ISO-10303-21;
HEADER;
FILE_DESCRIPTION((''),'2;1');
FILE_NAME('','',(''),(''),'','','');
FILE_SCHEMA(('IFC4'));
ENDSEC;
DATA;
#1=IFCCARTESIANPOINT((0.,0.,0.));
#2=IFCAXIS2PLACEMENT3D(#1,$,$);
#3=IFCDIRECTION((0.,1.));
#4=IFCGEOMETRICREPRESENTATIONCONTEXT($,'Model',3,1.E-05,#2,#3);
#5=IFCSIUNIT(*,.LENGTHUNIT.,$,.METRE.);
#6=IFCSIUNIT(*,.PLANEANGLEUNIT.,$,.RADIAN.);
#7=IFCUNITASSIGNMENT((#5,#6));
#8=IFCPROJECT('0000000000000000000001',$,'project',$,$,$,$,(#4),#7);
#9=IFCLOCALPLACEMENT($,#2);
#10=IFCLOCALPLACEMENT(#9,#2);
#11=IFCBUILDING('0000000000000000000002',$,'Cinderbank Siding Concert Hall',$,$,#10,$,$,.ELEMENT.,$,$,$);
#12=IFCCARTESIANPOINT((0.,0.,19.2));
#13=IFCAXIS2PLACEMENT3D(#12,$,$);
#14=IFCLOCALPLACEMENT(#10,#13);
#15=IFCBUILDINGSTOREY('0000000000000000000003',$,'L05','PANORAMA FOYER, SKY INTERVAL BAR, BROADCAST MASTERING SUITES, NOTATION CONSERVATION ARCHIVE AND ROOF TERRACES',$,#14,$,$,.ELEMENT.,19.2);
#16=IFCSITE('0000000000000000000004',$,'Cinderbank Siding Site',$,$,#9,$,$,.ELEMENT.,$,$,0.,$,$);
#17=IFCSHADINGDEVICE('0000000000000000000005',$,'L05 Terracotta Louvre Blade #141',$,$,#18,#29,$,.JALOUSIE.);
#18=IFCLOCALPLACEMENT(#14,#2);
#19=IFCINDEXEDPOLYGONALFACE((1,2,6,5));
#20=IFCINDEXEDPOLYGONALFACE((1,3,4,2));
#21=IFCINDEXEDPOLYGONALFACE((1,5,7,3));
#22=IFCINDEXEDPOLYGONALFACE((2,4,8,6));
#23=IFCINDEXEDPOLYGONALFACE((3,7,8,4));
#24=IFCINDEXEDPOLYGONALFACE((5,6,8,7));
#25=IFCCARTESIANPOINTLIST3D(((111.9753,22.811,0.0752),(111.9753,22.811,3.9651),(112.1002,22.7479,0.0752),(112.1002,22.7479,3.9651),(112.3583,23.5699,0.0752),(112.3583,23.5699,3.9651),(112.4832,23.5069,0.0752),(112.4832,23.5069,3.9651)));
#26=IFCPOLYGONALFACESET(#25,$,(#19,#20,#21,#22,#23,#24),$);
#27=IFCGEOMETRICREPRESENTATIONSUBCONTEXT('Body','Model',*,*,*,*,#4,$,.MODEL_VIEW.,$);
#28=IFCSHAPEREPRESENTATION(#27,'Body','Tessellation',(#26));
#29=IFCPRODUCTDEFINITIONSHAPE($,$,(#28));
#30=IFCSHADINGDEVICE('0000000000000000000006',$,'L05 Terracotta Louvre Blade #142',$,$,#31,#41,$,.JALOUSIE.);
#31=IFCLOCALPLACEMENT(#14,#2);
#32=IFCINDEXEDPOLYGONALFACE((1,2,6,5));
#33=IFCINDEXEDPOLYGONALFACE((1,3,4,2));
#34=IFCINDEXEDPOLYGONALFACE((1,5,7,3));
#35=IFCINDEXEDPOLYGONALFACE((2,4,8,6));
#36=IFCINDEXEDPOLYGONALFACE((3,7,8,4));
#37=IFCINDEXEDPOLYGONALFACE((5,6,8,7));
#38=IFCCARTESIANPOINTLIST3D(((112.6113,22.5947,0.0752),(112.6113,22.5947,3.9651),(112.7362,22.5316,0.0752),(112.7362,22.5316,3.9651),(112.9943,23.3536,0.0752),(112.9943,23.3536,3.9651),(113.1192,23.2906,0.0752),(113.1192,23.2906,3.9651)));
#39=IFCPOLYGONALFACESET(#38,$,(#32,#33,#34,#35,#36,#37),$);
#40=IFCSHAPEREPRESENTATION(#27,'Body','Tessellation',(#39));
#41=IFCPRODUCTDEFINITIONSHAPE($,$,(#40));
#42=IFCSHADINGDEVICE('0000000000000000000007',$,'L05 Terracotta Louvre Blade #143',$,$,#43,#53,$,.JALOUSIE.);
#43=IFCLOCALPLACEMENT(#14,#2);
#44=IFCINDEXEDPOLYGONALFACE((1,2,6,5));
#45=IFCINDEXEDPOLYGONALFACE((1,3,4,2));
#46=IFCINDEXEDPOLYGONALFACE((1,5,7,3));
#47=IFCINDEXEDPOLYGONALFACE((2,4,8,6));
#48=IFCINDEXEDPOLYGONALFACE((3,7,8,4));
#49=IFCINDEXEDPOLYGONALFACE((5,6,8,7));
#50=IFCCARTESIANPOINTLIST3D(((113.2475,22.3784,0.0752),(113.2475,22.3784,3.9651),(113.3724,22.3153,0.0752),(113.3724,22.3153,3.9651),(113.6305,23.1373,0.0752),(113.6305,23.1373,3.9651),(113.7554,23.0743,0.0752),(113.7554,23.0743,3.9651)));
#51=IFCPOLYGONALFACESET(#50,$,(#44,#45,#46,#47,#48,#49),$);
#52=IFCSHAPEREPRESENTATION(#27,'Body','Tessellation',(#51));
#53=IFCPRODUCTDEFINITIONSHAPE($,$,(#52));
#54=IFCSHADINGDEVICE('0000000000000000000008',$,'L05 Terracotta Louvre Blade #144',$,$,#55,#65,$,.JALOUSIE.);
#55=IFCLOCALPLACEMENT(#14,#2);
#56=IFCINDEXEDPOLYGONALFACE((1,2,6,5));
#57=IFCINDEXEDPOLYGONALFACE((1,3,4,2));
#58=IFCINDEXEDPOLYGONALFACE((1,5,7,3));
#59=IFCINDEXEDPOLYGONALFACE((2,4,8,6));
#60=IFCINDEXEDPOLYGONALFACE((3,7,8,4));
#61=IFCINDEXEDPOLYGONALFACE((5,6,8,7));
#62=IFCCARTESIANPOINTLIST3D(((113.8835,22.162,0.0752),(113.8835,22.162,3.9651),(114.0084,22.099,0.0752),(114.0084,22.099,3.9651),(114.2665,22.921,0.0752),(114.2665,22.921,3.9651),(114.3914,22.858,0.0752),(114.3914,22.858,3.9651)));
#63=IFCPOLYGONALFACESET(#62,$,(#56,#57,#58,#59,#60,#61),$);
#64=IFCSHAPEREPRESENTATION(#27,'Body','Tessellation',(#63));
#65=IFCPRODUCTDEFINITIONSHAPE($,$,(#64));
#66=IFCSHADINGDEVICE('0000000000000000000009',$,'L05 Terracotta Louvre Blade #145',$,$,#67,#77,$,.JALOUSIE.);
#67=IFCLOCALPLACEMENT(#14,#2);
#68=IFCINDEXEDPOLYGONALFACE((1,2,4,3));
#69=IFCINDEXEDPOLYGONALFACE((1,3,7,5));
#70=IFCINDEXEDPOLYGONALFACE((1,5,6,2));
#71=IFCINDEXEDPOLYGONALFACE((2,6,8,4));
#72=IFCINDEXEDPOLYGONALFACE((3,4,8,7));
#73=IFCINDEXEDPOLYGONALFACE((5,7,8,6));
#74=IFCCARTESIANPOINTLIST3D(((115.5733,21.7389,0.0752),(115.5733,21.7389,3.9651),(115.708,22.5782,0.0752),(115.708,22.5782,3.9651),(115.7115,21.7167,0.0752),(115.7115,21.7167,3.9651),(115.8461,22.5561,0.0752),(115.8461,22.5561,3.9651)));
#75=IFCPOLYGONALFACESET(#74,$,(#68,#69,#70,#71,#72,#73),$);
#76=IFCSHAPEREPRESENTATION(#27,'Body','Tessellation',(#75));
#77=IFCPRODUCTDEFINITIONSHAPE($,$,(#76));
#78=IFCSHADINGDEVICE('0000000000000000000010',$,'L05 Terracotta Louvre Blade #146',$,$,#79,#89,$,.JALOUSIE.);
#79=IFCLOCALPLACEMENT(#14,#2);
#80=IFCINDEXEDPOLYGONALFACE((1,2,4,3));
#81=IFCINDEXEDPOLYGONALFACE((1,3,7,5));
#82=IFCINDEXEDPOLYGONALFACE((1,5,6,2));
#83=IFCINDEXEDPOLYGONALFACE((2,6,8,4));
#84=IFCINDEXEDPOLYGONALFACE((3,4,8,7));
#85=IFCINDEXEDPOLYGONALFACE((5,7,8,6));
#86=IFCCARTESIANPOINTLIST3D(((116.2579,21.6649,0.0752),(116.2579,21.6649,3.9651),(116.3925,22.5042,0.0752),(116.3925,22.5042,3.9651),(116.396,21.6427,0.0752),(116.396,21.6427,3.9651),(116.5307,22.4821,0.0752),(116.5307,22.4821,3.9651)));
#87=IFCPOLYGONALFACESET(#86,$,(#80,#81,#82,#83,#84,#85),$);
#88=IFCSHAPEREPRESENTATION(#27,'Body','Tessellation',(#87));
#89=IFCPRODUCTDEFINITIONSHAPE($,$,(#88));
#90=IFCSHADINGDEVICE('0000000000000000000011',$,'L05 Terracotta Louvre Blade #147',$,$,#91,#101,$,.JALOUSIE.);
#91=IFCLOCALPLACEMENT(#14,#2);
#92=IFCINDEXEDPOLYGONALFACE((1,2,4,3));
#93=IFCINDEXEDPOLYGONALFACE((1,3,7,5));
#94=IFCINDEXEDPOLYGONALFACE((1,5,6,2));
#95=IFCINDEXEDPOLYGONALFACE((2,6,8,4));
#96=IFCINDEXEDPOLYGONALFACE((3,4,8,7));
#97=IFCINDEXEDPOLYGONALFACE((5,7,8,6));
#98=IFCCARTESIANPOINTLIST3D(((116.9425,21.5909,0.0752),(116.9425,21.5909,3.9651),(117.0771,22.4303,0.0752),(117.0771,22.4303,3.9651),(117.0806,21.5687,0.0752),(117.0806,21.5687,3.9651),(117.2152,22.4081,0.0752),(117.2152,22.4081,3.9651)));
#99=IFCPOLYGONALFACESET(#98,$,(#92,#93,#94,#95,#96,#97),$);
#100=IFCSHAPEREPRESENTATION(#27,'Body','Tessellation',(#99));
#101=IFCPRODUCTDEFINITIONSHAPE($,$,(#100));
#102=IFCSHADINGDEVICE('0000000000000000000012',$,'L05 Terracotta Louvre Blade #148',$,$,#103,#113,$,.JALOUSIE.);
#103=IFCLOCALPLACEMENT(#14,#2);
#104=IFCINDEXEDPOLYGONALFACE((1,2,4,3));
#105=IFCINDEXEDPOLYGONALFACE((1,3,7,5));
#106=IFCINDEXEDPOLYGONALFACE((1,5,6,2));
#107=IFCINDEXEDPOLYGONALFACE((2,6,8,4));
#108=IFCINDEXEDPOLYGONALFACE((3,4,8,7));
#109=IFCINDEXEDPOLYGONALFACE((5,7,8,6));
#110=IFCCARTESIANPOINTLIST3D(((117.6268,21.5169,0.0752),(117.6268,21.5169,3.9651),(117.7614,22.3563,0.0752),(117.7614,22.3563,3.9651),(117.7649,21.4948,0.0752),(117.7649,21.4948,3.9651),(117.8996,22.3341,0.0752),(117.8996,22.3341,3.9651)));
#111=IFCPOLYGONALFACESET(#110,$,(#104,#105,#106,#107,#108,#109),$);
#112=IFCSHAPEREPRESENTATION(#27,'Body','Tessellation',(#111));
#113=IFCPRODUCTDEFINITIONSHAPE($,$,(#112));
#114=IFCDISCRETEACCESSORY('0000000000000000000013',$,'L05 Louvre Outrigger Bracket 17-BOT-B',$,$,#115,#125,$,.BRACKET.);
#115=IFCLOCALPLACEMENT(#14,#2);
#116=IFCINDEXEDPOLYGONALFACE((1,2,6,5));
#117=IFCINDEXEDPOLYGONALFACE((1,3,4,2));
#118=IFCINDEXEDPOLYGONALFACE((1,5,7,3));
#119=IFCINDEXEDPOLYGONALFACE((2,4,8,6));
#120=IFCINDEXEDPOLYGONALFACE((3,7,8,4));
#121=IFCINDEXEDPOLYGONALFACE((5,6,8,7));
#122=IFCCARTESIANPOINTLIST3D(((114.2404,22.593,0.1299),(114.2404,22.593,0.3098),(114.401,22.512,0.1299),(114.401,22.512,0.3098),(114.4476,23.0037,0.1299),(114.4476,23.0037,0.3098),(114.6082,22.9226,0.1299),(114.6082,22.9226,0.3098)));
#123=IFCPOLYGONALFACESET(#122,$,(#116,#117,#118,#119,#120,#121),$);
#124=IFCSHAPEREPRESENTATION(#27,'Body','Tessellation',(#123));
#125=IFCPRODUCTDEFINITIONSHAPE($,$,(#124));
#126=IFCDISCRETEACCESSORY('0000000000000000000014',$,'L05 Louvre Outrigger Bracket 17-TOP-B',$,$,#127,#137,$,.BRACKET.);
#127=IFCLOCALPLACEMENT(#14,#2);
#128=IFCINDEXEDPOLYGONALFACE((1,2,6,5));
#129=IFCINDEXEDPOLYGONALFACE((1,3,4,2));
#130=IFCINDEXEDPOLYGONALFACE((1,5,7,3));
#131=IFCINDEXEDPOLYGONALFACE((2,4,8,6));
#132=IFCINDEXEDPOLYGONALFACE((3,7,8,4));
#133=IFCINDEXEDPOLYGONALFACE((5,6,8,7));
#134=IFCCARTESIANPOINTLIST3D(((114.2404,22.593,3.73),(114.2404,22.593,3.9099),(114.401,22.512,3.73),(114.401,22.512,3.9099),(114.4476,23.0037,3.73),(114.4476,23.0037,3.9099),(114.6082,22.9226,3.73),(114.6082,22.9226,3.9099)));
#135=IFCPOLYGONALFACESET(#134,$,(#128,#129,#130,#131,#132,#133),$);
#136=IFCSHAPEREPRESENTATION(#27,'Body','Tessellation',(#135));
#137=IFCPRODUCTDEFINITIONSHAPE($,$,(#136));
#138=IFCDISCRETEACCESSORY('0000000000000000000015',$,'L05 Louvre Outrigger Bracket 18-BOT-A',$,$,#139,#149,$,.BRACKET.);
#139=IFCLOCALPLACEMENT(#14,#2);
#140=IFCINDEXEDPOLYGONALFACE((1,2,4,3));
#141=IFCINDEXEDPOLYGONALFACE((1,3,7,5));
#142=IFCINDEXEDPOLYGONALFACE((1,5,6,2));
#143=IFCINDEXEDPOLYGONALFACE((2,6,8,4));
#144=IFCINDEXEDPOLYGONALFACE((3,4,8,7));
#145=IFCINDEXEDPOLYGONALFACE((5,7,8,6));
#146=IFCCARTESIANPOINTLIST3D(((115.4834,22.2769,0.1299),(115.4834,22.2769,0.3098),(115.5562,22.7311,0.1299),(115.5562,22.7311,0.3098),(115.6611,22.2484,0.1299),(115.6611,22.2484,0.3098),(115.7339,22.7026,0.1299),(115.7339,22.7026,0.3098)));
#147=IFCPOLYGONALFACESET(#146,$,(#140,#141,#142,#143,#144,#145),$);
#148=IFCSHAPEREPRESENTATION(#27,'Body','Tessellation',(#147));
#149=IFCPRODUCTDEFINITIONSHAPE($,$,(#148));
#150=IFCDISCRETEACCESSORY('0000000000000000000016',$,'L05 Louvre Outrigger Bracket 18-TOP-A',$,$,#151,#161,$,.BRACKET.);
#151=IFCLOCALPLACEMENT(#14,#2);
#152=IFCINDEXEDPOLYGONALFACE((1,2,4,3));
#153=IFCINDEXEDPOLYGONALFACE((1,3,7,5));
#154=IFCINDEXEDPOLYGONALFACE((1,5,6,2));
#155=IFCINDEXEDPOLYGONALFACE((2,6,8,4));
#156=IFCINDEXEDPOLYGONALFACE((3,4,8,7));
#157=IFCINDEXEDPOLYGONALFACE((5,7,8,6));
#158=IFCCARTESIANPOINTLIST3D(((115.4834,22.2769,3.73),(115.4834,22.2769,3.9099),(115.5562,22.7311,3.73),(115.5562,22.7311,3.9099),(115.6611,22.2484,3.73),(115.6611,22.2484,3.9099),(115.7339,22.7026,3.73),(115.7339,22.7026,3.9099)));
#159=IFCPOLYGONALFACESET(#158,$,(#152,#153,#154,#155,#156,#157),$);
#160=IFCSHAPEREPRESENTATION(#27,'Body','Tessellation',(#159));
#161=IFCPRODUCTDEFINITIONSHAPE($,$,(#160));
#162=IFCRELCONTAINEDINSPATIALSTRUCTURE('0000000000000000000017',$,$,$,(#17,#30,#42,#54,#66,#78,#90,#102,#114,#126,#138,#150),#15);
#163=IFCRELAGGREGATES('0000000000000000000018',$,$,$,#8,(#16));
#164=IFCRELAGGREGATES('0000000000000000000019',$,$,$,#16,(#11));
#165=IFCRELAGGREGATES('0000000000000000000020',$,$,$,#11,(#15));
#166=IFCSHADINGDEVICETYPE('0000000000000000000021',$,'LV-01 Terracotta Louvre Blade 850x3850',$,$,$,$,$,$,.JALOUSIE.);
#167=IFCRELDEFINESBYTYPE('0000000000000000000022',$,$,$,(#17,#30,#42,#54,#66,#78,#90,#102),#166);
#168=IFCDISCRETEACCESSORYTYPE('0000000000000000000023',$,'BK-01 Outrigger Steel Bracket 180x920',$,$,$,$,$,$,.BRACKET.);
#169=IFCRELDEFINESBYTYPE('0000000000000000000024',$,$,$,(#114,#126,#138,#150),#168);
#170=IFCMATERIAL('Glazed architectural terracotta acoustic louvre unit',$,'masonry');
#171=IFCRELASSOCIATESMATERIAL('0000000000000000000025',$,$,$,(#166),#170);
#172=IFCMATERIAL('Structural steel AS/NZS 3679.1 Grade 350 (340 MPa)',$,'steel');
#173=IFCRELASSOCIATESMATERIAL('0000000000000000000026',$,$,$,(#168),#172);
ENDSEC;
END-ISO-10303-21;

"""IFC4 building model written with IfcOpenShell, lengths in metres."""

from ifc_helpers import new_model, si_unit, direction, frame, origin, origin_2d, place, context, subcontext, project, spatial, rectangle, extrude, material, type_object, element, save


model = new_model("IFC4")

# Units and contexts
model_context = context("Model", 3, precision=1e-05, world=origin(), true_north=direction((0.0, 1.0)))
body_context = subcontext(model_context, "Body", "Model", "MODEL_VIEW")
ifc_project = project(units=[si_unit("LENGTHUNIT", "METRE"), si_unit("PLANEANGLEUNIT", "RADIAN")], contexts=[model_context])

# Site, building, storey
site_placement = place(None, origin())
site = spatial("IfcSite", under=ifc_project, at=site_placement, Name="Cinderbank Siding Site", CompositionType="ELEMENT", RefElevation=0.0)
building_placement = place(site_placement, origin())
building = spatial("IfcBuilding", under=site, at=building_placement, Name="Cinderbank Siding Concert Hall", CompositionType="ELEMENT")
storey_placement = place(building_placement, frame((0.0, 0.0, 19.2)))
storey = spatial("IfcBuildingStorey", under=building, at=storey_placement, Name="L05", Description="PANORAMA FOYER, SKY INTERVAL BAR, BROADCAST MASTERING SUITES, NOTATION CONSERVATION ARCHIVE AND ROOF TERRACES", CompositionType="ELEMENT", Elevation=19.2)

# Shared definitions
ifc_material_1 = material(Name="Structural steel AS/NZS 3679.1 Grade 350 (340 MPa)", Category="steel")

# Shading devices
ifc_material_2 = material(Name="Glazed architectural terracotta acoustic louvre unit", Category="masonry")
shading_device_type = type_object("IfcShadingDeviceType", Name="LV-01 Terracotta Louvre Blade 850x3850", PredefinedType="JALOUSIE", material=ifc_material_2)
for number, where, z_axis, x_axis, name in (
    (1, (112.2292, 23.1589, 0.0752), (0.0, 0.0, 1.0), (-0.450487, -0.892783, 0.0), "L05 Terracotta Louvre Blade #141"),
    (2, (112.8652, 22.9426, 0.0752), (0.0, 0.0, 1.0), (-0.450487, -0.892783, 0.0), "L05 Terracotta Louvre Blade #142"),
    (3, (113.5015, 22.7263, 0.0752), (0.0, 0.0, 1.0), (-0.450487, -0.892783, 0.0), "L05 Terracotta Louvre Blade #143"),
    (4, (114.1375, 22.51, 0.0752), (0.0, 0.0, 1.0), (-0.450487, -0.892783, 0.0), "L05 Terracotta Louvre Blade #144"),
    (5, (115.7097, 22.1475, 0.0752), (0.0, 0.0, 1.0), (-0.158354, -0.987382, 0.0), "L05 Terracotta Louvre Blade #145"),
    (6, (116.3943, 22.0735, 0.0752), (0.0, 0.0, 1.0), (-0.158354, -0.987382, 0.0), "L05 Terracotta Louvre Blade #146"),
    (7, (117.0789, 21.9995, 0.0752), (0.0, 0.0, 1.0), (-0.158354, -0.987382, 0.0), "L05 Terracotta Louvre Blade #147"),
    (8, (117.7632, 21.9255, 0.0752), (0.0, 0.0, 1.0), (-0.158354, -0.987382, 0.0), "L05 Terracotta Louvre Blade #148"),
):
    element("IfcShadingDevice", number, at=place(storey_placement, frame(where, z_axis=z_axis, x_axis=x_axis)), inside=storey, type_object=shading_device_type, Name=name, PredefinedType="JALOUSIE", context=body_context, shape_type="SweptSolid", body=[
        extrude(rectangle(XDim=0.8501, YDim=0.1399, at=origin_2d()), origin(), (0.0, 0.0, 1.0), 3.8899),
    ])

# Discrete accessories
discrete_accessory_type = type_object("IfcDiscreteAccessoryType", Name="BK-01 Outrigger Steel Bracket 180x920", PredefinedType="BRACKET", material=ifc_material_1)
for number, where, z_axis, x_axis, name in (
    (9, (114.4243, 22.7578, 0.1299), (0.0, 0.0, 1.0), (-0.450487, -0.892783, 0.0), "L05 Louvre Outrigger Bracket 17-BOT-B"),
    (10, (114.4243, 22.7578, 3.73), (0.0, 0.0, 1.0), (-0.450487, -0.892783, 0.0), "L05 Louvre Outrigger Bracket 17-TOP-B"),
    (11, (115.6086, 22.4897, 0.1299), (0.0, 0.0, 1.0), (-0.158354, -0.987382, 0.0), "L05 Louvre Outrigger Bracket 18-BOT-A"),
    (12, (115.6086, 22.4897, 3.73), (0.0, 0.0, 1.0), (-0.158354, -0.987382, 0.0), "L05 Louvre Outrigger Bracket 18-TOP-A"),
):
    element("IfcDiscreteAccessory", number, at=place(storey_placement, frame(where, z_axis=z_axis, x_axis=x_axis)), inside=storey, type_object=discrete_accessory_type, Name=name, PredefinedType="BRACKET", context=body_context, shape_type="SweptSolid", body=[
        extrude(rectangle(XDim=0.46, YDim=0.1799, at=origin_2d()), origin(), (0.0, 0.0, 1.0), 0.1799),
    ])

save(model, "model.ifc")
